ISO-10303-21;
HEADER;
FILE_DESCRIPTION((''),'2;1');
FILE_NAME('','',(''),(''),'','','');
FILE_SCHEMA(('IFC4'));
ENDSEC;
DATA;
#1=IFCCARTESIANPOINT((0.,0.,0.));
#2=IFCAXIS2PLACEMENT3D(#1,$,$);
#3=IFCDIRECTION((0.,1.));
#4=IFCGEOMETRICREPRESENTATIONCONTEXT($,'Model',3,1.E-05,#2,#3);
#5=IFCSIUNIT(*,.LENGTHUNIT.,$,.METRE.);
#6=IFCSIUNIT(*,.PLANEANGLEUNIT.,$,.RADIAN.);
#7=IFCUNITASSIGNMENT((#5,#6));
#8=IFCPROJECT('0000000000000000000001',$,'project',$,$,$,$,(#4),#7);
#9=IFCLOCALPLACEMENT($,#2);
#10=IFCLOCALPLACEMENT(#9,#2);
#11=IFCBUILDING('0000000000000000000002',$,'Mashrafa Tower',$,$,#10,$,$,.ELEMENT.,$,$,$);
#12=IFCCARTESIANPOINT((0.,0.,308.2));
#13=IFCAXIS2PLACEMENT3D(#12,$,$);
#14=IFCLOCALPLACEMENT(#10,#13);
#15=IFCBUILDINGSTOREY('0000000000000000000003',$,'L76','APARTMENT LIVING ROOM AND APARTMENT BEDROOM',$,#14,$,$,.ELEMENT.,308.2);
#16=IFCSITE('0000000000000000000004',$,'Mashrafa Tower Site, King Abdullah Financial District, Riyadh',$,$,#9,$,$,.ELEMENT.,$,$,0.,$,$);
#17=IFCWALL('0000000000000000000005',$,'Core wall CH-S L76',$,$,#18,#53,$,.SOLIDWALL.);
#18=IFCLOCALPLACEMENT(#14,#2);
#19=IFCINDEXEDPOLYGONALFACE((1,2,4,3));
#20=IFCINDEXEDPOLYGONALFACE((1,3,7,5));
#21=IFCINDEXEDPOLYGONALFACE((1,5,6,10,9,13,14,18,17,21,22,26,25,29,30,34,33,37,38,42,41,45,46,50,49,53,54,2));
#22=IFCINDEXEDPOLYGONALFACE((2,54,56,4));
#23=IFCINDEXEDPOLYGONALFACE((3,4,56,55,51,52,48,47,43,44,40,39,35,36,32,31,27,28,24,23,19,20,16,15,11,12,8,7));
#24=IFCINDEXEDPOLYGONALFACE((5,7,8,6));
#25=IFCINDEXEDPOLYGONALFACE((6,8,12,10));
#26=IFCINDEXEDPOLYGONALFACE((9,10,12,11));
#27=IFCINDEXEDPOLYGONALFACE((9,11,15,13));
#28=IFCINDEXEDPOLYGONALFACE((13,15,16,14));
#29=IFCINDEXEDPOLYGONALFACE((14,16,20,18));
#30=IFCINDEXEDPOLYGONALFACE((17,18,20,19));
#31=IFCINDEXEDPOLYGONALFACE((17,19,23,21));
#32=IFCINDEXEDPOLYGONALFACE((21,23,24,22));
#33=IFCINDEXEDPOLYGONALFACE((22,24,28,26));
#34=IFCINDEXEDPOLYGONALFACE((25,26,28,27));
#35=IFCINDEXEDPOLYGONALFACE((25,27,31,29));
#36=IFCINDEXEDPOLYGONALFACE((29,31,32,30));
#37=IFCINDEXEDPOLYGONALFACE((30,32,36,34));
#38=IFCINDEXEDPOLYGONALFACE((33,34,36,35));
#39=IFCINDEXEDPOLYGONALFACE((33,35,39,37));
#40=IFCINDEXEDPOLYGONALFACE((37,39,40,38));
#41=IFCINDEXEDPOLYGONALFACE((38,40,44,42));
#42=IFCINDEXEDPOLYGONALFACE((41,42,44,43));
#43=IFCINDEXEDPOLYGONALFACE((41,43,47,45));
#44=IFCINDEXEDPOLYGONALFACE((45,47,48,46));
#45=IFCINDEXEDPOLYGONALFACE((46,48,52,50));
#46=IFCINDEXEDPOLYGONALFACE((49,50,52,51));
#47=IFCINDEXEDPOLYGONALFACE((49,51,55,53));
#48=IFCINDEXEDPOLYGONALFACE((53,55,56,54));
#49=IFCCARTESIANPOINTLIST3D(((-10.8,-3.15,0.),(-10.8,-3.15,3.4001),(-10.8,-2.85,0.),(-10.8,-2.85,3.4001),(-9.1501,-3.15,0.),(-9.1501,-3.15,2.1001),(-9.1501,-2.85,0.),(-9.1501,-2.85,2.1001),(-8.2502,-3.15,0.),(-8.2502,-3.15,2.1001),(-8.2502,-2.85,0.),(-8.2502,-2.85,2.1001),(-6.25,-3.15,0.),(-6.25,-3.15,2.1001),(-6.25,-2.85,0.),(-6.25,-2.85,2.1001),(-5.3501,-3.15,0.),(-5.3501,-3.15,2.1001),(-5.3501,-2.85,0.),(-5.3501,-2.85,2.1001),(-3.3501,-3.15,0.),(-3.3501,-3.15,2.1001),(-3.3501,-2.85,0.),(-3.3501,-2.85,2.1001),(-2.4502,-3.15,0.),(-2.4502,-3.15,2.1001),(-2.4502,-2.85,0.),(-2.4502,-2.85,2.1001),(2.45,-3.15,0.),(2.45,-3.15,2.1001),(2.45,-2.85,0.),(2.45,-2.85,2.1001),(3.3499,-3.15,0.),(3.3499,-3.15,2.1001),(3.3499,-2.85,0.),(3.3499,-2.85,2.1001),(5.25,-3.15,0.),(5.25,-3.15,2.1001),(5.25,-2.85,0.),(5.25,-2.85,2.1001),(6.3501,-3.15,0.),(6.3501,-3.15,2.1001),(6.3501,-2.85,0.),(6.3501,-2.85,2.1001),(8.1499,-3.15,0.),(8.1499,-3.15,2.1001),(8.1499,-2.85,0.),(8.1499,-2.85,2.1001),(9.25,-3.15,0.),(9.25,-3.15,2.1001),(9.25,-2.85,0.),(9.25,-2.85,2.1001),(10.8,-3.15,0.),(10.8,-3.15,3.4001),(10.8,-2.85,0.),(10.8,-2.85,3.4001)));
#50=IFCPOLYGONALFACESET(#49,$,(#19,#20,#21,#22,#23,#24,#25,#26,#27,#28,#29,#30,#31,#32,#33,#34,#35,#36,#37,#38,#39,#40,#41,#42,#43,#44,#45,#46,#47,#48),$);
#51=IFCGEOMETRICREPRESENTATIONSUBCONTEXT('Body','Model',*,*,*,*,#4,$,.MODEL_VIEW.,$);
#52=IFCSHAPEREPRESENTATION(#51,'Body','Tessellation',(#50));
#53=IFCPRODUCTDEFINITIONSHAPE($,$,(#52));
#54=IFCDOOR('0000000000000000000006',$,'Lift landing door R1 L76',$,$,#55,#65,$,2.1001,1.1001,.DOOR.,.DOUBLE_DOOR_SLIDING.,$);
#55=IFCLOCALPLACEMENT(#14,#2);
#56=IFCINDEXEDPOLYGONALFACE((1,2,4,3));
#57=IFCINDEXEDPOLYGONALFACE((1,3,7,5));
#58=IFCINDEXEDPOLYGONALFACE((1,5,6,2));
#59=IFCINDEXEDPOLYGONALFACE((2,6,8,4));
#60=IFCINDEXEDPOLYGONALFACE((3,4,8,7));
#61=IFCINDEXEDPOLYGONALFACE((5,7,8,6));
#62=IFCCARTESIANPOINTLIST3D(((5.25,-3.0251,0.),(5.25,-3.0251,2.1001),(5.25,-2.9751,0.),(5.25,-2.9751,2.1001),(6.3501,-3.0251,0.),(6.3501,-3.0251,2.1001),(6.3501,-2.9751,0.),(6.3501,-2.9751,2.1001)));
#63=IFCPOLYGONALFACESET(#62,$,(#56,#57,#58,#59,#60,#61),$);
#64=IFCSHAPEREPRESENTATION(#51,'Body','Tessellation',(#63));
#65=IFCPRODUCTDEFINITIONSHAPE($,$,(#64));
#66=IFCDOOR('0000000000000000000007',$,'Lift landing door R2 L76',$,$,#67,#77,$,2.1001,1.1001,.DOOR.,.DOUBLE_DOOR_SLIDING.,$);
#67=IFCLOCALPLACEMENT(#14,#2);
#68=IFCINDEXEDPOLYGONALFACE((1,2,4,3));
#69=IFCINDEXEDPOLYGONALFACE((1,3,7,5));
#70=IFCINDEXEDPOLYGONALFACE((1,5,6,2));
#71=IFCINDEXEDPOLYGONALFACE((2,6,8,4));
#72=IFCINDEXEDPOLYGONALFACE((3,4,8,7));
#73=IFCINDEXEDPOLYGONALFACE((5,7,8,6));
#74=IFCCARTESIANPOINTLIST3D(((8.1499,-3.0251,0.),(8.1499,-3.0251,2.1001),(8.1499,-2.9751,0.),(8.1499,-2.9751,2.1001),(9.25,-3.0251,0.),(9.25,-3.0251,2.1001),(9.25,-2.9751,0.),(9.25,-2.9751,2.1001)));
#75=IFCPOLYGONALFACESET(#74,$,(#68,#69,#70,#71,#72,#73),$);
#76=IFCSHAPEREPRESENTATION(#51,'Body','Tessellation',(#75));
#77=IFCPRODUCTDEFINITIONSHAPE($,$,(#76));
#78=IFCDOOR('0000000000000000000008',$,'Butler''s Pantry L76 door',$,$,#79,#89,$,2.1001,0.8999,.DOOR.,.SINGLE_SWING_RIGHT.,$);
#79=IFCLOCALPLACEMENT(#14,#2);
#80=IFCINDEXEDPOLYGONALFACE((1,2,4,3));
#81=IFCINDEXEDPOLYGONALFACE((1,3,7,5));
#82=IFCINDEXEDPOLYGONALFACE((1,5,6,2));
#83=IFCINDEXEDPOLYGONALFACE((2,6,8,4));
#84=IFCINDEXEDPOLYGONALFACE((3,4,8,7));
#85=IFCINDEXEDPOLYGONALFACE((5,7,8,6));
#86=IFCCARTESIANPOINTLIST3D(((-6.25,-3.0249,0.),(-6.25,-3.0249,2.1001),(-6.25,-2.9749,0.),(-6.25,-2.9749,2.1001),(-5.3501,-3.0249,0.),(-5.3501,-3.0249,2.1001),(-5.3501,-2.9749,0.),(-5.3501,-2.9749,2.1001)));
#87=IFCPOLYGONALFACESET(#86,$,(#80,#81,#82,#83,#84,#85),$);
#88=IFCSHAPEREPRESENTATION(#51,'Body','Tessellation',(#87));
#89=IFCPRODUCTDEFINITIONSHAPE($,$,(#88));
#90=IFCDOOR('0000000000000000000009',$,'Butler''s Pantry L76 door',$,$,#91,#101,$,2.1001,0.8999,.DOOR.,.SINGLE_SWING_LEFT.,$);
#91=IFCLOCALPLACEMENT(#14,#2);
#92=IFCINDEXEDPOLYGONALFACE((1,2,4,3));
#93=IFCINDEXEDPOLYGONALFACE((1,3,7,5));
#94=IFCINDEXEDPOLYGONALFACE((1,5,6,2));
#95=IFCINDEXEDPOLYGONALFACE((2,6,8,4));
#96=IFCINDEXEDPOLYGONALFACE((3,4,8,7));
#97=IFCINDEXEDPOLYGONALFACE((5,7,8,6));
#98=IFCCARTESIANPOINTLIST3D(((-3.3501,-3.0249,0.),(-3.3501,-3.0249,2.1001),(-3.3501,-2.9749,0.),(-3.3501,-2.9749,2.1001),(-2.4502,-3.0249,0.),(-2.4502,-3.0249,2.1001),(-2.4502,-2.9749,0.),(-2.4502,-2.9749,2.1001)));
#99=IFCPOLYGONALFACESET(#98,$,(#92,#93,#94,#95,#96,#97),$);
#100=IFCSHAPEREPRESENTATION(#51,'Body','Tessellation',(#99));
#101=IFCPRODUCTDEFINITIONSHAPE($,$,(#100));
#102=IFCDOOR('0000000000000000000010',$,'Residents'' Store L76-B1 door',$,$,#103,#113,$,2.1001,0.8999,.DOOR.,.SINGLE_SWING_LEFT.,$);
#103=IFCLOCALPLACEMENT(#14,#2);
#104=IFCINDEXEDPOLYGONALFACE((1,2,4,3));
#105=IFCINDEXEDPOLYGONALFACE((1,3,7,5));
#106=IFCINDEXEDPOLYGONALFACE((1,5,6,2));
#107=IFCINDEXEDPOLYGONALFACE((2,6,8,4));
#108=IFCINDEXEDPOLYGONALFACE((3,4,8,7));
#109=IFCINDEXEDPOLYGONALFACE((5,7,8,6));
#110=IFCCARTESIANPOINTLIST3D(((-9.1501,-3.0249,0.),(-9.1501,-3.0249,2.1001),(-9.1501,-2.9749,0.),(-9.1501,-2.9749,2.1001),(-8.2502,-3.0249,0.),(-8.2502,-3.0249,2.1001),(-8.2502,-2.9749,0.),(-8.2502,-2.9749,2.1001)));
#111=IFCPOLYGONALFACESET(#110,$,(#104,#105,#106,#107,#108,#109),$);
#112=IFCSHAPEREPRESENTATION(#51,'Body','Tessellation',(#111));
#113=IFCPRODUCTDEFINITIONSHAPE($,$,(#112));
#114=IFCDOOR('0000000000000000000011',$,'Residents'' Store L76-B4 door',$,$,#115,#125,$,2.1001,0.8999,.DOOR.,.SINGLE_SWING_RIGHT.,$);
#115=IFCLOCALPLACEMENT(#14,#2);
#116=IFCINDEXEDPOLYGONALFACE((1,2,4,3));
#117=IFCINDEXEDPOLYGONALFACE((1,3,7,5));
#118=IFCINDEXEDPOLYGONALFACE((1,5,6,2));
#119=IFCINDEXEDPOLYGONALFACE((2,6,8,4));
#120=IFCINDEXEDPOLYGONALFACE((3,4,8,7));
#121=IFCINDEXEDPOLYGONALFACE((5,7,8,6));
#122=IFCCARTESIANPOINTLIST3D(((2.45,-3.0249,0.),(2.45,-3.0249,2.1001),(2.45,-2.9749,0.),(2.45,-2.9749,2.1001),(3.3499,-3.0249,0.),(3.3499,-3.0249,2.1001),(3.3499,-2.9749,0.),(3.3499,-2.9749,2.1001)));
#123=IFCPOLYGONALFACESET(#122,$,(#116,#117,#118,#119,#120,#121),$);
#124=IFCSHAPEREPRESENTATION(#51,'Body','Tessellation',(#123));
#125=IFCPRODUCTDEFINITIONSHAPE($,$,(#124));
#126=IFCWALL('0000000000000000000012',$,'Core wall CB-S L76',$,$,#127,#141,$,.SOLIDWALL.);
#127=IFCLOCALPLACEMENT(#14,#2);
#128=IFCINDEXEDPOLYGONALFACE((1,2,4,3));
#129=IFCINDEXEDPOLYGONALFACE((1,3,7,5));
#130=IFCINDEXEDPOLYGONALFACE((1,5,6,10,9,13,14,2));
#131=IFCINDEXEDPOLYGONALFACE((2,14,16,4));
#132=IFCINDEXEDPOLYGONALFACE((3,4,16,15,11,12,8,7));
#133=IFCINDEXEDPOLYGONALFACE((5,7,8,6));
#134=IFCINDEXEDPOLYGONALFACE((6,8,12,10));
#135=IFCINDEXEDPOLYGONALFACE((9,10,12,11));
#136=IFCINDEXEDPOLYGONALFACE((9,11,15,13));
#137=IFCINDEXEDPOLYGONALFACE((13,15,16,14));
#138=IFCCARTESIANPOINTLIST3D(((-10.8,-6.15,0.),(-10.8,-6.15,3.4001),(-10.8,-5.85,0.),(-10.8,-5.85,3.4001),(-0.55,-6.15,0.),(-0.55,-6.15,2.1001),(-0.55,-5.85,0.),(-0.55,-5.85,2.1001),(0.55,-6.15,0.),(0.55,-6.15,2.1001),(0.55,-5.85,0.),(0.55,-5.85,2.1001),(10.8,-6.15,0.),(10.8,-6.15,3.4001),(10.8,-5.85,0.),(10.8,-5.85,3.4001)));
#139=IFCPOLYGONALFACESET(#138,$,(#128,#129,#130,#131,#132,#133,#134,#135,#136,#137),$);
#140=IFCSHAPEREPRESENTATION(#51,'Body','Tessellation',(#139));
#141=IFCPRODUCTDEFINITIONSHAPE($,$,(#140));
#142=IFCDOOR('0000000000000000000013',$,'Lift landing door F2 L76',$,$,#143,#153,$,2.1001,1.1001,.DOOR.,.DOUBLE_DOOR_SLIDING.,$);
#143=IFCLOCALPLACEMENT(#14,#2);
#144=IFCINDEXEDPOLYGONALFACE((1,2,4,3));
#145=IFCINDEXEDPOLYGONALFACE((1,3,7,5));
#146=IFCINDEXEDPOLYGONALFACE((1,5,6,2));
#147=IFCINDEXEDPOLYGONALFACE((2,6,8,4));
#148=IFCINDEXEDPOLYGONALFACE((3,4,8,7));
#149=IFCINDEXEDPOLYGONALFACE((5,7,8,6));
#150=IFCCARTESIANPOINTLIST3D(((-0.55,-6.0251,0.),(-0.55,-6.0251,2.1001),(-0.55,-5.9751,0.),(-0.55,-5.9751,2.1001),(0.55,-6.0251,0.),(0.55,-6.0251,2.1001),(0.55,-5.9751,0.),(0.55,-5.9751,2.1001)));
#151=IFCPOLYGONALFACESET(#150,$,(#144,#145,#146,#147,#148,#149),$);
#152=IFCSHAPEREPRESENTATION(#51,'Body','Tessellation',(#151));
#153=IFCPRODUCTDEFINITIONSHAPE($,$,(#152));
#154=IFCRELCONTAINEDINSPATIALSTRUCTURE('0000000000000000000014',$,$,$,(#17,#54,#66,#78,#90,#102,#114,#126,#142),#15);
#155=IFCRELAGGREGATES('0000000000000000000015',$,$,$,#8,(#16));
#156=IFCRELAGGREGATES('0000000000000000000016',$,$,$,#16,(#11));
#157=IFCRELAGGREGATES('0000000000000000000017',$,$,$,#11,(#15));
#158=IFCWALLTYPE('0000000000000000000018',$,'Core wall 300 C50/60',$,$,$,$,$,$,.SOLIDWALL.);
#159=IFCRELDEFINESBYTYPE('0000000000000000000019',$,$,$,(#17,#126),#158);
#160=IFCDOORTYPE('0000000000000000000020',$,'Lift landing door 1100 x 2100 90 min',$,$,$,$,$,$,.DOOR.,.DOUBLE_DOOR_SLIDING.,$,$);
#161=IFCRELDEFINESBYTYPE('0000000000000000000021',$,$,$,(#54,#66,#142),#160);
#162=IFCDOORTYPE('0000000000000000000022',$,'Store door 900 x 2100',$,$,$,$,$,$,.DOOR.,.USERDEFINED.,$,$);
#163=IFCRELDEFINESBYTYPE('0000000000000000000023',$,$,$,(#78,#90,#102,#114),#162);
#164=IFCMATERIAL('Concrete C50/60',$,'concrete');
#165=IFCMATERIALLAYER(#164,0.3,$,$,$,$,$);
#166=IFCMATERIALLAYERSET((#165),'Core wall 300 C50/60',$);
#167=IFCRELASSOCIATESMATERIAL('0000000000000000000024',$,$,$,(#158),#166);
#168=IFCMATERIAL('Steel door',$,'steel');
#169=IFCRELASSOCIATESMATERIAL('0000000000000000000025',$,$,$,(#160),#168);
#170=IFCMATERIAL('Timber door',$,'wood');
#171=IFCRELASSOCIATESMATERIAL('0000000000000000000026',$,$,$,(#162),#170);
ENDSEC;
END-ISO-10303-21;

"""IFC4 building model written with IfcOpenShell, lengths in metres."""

from ifc_helpers import new_model, si_unit, direction, frame, frame_2d, origin, place, context, subcontext, project, spatial, rectangle, extrude, material, layer, layer_set, type_object, element, fill, save


model = new_model("IFC4")

# Units and contexts
model_context = context("Model", 3, precision=1e-05, world=origin(), true_north=direction((0.0, 1.0)))
body_context = subcontext(model_context, "Body", "Model", "MODEL_VIEW")
ifc_project = project(units=[si_unit("LENGTHUNIT", "METRE"), si_unit("PLANEANGLEUNIT", "RADIAN")], contexts=[model_context])

# Site, building, storey
site_placement = place(None, origin())
site = spatial("IfcSite", under=ifc_project, at=site_placement, Name="Mashrafa Tower Site, King Abdullah Financial District, Riyadh", CompositionType="ELEMENT", RefElevation=0.0)
building_placement = place(site_placement, origin())
building = spatial("IfcBuilding", under=site, at=building_placement, Name="Mashrafa Tower", CompositionType="ELEMENT")
storey_placement = place(building_placement, frame((0.0, 0.0, 308.2)))
storey = spatial("IfcBuildingStorey", under=building, at=storey_placement, Name="L76", Description="APARTMENT LIVING ROOM AND APARTMENT BEDROOM", CompositionType="ELEMENT", Elevation=308.2)

# Wall, openings, doors
ifc_material_1 = material(Name="Concrete C50/60", Category="concrete")
ifc_layer_1 = layer(ifc_material_1, 0.3)
ifc_layer_set_1 = layer_set([ifc_layer_1], Name="Core wall 300 C50/60")
wall_type_1 = type_object("IfcWallType", Name="Core wall 300 C50/60", PredefinedType="SOLIDWALL", material=ifc_layer_set_1)
wall_1_placement = place(storey_placement, frame((-10.8, -3.0, 0.0), z_axis=(0.0, 0.0, 1.0), x_axis=(1.0, 0.0, 0.0)))
wall_1 = element("IfcWall", 1, at=wall_1_placement, inside=storey, type_object=wall_type_1, Name="Core wall CH-S L76", PredefinedType="SOLIDWALL", context=body_context, shape_type="SweptSolid", body=[
    extrude(rectangle(XDim=21.6001, YDim=0.3, at=frame_2d((10.8, 0.0))), origin(), (0.0, 0.0, 1.0), 3.4001),
])
opening_1_placement = place(wall_1_placement, frame((4.55, 0.0, 0.0)))
opening_1 = element("IfcOpeningElement", 2, at=opening_1_placement, cuts=wall_1, PredefinedType="OPENING", context=body_context, shape_type="SweptSolid", body=[
    extrude(rectangle(XDim=0.8999, YDim=2.1001, at=frame_2d((0.45, 1.05))), frame((0.0, 0.1599, 0.0), z_axis=(0.0, -1.0, 0.0), x_axis=(1.0, 0.0, 0.0)), (0.0, 0.0, 1.0), 0.3201),
])
opening_2_placement = place(wall_1_placement, frame((7.45, 0.0, 0.0)))
opening_2 = element("IfcOpeningElement", 3, at=opening_2_placement, cuts=wall_1, PredefinedType="OPENING", context=body_context, shape_type="SweptSolid", body=[
    extrude(rectangle(XDim=0.8999, YDim=2.1001, at=frame_2d((0.45, 1.05))), frame((0.0, 0.1599, 0.0), z_axis=(0.0, -1.0, 0.0), x_axis=(1.0, 0.0, 0.0)), (0.0, 0.0, 1.0), 0.3201),
])
opening_3_placement = place(wall_1_placement, frame((1.6499, 0.0, 0.0)))
opening_3 = element("IfcOpeningElement", 4, at=opening_3_placement, cuts=wall_1, PredefinedType="OPENING", context=body_context, shape_type="SweptSolid", body=[
    extrude(rectangle(XDim=0.8999, YDim=2.1001, at=frame_2d((0.45, 1.05))), frame((0.0, 0.1599, 0.0), z_axis=(0.0, -1.0, 0.0), x_axis=(1.0, 0.0, 0.0)), (0.0, 0.0, 1.0), 0.3201),
])
opening_4_placement = place(wall_1_placement, frame((13.25, 0.0, 0.0)))
opening_4 = element("IfcOpeningElement", 5, at=opening_4_placement, cuts=wall_1, PredefinedType="OPENING", context=body_context, shape_type="SweptSolid", body=[
    extrude(rectangle(XDim=0.8999, YDim=2.1001, at=frame_2d((0.45, 1.05))), frame((0.0, 0.1599, 0.0), z_axis=(0.0, -1.0, 0.0), x_axis=(1.0, 0.0, 0.0)), (0.0, 0.0, 1.0), 0.3201),
])
opening_5_placement = place(wall_1_placement, frame((16.05, 0.0, 0.0)))
opening_5 = element("IfcOpeningElement", 6, at=opening_5_placement, cuts=wall_1, PredefinedType="OPENING", context=body_context, shape_type="SweptSolid", body=[
    extrude(rectangle(XDim=1.1001, YDim=2.1001, at=frame_2d((0.55, 1.05))), frame((0.0, 0.1599, 0.0), z_axis=(0.0, -1.0, 0.0), x_axis=(1.0, 0.0, 0.0)), (0.0, 0.0, 1.0), 0.3201),
])
opening_6_placement = place(wall_1_placement, frame((18.95, 0.0, 0.0)))
opening_6 = element("IfcOpeningElement", 7, at=opening_6_placement, cuts=wall_1, PredefinedType="OPENING", context=body_context, shape_type="SweptSolid", body=[
    extrude(rectangle(XDim=1.1001, YDim=2.1001, at=frame_2d((0.55, 1.05))), frame((0.0, 0.1599, 0.0), z_axis=(0.0, -1.0, 0.0), x_axis=(1.0, 0.0, 0.0)), (0.0, 0.0, 1.0), 0.3201),
])
ifc_material_2 = material(Name="Steel door", Category="steel")
door_type_1 = type_object("IfcDoorType", Name="Lift landing door 1100 x 2100 90 min", OperationType="DOUBLE_DOOR_SLIDING", PredefinedType="DOOR", material=ifc_material_2)
door_1_placement = place(opening_5_placement, origin())
door_1 = element("IfcDoor", 8, at=door_1_placement, inside=storey, type_object=door_type_1, Name="Lift landing door R1 L76", OperationType="DOUBLE_DOOR_SLIDING", OverallHeight=2.1001, OverallWidth=1.1001, PredefinedType="DOOR", context=body_context, shape_type="SweptSolid", body=[
    extrude(rectangle(XDim=1.1001, YDim=2.1001, at=frame_2d((0.55, 1.05))), frame((0.0, 0.0249, 0.0), z_axis=(0.0, -1.0, 0.0), x_axis=(1.0, 0.0, 0.0)), (0.0, 0.0, 1.0), 0.05),
])
fill(opening_5, door_1)
door_2_placement = place(opening_6_placement, origin())
door_2 = element("IfcDoor", 9, at=door_2_placement, inside=storey, type_object=door_type_1, Name="Lift landing door R2 L76", OperationType="DOUBLE_DOOR_SLIDING", OverallHeight=2.1001, OverallWidth=1.1001, PredefinedType="DOOR", context=body_context, shape_type="SweptSolid", body=[
    extrude(rectangle(XDim=1.1001, YDim=2.1001, at=frame_2d((0.55, 1.05))), frame((0.0, 0.0249, 0.0), z_axis=(0.0, -1.0, 0.0), x_axis=(1.0, 0.0, 0.0)), (0.0, 0.0, 1.0), 0.05),
])
fill(opening_6, door_2)
ifc_material_3 = material(Name="Timber door", Category="wood")
door_type_2 = type_object("IfcDoorType", Name="Store door 900 x 2100", OperationType="USERDEFINED", PredefinedType="DOOR", material=ifc_material_3)
door_3_placement = place(opening_1_placement, frame((0.8999, 0.0, 0.0), z_axis=(0.0, 0.0, 1.0), x_axis=(-1.0, 0.0, 0.0)))
door_3 = element("IfcDoor", 10, at=door_3_placement, inside=storey, type_object=door_type_2, Name="Butler's Pantry L76 door", OperationType="SINGLE_SWING_RIGHT", OverallHeight=2.1001, OverallWidth=0.8999, PredefinedType="DOOR", context=body_context, shape_type="SweptSolid", body=[
    extrude(rectangle(XDim=0.8999, YDim=2.1001, at=frame_2d((0.45, 1.05))), frame((0.0, 0.0249, 0.0), z_axis=(0.0, -1.0, 0.0), x_axis=(1.0, 0.0, 0.0)), (0.0, 0.0, 1.0), 0.05),
])
fill(opening_1, door_3)
door_4_placement = place(opening_2_placement, frame((0.8999, 0.0, 0.0), z_axis=(0.0, 0.0, 1.0), x_axis=(-1.0, 0.0, 0.0)))
door_4 = element("IfcDoor", 11, at=door_4_placement, inside=storey, type_object=door_type_2, Name="Butler's Pantry L76 door", OperationType="SINGLE_SWING_LEFT", OverallHeight=2.1001, OverallWidth=0.8999, PredefinedType="DOOR", context=body_context, shape_type="SweptSolid", body=[
    extrude(rectangle(XDim=0.8999, YDim=2.1001, at=frame_2d((0.45, 1.05))), frame((0.0, 0.0249, 0.0), z_axis=(0.0, -1.0, 0.0), x_axis=(1.0, 0.0, 0.0)), (0.0, 0.0, 1.0), 0.05),
])
fill(opening_2, door_4)
door_5_placement = place(opening_3_placement, frame((0.8999, 0.0, 0.0), z_axis=(0.0, 0.0, 1.0), x_axis=(-1.0, 0.0, 0.0)))
door_5 = element("IfcDoor", 12, at=door_5_placement, inside=storey, type_object=door_type_2, Name="Residents' Store L76-B1 door", OperationType="SINGLE_SWING_LEFT", OverallHeight=2.1001, OverallWidth=0.8999, PredefinedType="DOOR", context=body_context, shape_type="SweptSolid", body=[
    extrude(rectangle(XDim=0.8999, YDim=2.1001, at=frame_2d((0.45, 1.05))), frame((0.0, 0.0249, 0.0), z_axis=(0.0, -1.0, 0.0), x_axis=(1.0, 0.0, 0.0)), (0.0, 0.0, 1.0), 0.05),
])
fill(opening_3, door_5)
door_6_placement = place(opening_4_placement, frame((0.8999, 0.0, 0.0), z_axis=(0.0, 0.0, 1.0), x_axis=(-1.0, 0.0, 0.0)))
door_6 = element("IfcDoor", 13, at=door_6_placement, inside=storey, type_object=door_type_2, Name="Residents' Store L76-B4 door", OperationType="SINGLE_SWING_RIGHT", OverallHeight=2.1001, OverallWidth=0.8999, PredefinedType="DOOR", context=body_context, shape_type="SweptSolid", body=[
    extrude(rectangle(XDim=0.8999, YDim=2.1001, at=frame_2d((0.45, 1.05))), frame((0.0, 0.0249, 0.0), z_axis=(0.0, -1.0, 0.0), x_axis=(1.0, 0.0, 0.0)), (0.0, 0.0, 1.0), 0.05),
])
fill(opening_4, door_6)

# Wall, opening, door
wall_2_placement = place(storey_placement, frame((-10.8, -6.0, 0.0), z_axis=(0.0, 0.0, 1.0), x_axis=(1.0, 0.0, 0.0)))
wall_2 = element("IfcWall", 14, at=wall_2_placement, inside=storey, type_object=wall_type_1, Name="Core wall CB-S L76", PredefinedType="SOLIDWALL", context=body_context, shape_type="SweptSolid", body=[
    extrude(rectangle(XDim=21.6001, YDim=0.3, at=frame_2d((10.8, 0.0))), origin(), (0.0, 0.0, 1.0), 3.4001),
])
opening_7_placement = place(wall_2_placement, frame((10.25, 0.0, 0.0)))
opening_7 = element("IfcOpeningElement", 15, at=opening_7_placement, cuts=wall_2, PredefinedType="OPENING", context=body_context, shape_type="SweptSolid", body=[
    extrude(rectangle(XDim=1.1001, YDim=2.1001, at=frame_2d((0.55, 1.05))), frame((0.0, 0.1599, 0.0), z_axis=(0.0, -1.0, 0.0), x_axis=(1.0, 0.0, 0.0)), (0.0, 0.0, 1.0), 0.3201),
])
door_7_placement = place(opening_7_placement, origin())
door_7 = element("IfcDoor", 16, at=door_7_placement, inside=storey, type_object=door_type_1, Name="Lift landing door F2 L76", OperationType="DOUBLE_DOOR_SLIDING", OverallHeight=2.1001, OverallWidth=1.1001, PredefinedType="DOOR", context=body_context, shape_type="SweptSolid", body=[
    extrude(rectangle(XDim=1.1001, YDim=2.1001, at=frame_2d((0.55, 1.05))), frame((0.0, 0.0249, 0.0), z_axis=(0.0, -1.0, 0.0), x_axis=(1.0, 0.0, 0.0)), (0.0, 0.0, 1.0), 0.05),
])
fill(opening_7, door_7)

save(model, "model.ifc")
